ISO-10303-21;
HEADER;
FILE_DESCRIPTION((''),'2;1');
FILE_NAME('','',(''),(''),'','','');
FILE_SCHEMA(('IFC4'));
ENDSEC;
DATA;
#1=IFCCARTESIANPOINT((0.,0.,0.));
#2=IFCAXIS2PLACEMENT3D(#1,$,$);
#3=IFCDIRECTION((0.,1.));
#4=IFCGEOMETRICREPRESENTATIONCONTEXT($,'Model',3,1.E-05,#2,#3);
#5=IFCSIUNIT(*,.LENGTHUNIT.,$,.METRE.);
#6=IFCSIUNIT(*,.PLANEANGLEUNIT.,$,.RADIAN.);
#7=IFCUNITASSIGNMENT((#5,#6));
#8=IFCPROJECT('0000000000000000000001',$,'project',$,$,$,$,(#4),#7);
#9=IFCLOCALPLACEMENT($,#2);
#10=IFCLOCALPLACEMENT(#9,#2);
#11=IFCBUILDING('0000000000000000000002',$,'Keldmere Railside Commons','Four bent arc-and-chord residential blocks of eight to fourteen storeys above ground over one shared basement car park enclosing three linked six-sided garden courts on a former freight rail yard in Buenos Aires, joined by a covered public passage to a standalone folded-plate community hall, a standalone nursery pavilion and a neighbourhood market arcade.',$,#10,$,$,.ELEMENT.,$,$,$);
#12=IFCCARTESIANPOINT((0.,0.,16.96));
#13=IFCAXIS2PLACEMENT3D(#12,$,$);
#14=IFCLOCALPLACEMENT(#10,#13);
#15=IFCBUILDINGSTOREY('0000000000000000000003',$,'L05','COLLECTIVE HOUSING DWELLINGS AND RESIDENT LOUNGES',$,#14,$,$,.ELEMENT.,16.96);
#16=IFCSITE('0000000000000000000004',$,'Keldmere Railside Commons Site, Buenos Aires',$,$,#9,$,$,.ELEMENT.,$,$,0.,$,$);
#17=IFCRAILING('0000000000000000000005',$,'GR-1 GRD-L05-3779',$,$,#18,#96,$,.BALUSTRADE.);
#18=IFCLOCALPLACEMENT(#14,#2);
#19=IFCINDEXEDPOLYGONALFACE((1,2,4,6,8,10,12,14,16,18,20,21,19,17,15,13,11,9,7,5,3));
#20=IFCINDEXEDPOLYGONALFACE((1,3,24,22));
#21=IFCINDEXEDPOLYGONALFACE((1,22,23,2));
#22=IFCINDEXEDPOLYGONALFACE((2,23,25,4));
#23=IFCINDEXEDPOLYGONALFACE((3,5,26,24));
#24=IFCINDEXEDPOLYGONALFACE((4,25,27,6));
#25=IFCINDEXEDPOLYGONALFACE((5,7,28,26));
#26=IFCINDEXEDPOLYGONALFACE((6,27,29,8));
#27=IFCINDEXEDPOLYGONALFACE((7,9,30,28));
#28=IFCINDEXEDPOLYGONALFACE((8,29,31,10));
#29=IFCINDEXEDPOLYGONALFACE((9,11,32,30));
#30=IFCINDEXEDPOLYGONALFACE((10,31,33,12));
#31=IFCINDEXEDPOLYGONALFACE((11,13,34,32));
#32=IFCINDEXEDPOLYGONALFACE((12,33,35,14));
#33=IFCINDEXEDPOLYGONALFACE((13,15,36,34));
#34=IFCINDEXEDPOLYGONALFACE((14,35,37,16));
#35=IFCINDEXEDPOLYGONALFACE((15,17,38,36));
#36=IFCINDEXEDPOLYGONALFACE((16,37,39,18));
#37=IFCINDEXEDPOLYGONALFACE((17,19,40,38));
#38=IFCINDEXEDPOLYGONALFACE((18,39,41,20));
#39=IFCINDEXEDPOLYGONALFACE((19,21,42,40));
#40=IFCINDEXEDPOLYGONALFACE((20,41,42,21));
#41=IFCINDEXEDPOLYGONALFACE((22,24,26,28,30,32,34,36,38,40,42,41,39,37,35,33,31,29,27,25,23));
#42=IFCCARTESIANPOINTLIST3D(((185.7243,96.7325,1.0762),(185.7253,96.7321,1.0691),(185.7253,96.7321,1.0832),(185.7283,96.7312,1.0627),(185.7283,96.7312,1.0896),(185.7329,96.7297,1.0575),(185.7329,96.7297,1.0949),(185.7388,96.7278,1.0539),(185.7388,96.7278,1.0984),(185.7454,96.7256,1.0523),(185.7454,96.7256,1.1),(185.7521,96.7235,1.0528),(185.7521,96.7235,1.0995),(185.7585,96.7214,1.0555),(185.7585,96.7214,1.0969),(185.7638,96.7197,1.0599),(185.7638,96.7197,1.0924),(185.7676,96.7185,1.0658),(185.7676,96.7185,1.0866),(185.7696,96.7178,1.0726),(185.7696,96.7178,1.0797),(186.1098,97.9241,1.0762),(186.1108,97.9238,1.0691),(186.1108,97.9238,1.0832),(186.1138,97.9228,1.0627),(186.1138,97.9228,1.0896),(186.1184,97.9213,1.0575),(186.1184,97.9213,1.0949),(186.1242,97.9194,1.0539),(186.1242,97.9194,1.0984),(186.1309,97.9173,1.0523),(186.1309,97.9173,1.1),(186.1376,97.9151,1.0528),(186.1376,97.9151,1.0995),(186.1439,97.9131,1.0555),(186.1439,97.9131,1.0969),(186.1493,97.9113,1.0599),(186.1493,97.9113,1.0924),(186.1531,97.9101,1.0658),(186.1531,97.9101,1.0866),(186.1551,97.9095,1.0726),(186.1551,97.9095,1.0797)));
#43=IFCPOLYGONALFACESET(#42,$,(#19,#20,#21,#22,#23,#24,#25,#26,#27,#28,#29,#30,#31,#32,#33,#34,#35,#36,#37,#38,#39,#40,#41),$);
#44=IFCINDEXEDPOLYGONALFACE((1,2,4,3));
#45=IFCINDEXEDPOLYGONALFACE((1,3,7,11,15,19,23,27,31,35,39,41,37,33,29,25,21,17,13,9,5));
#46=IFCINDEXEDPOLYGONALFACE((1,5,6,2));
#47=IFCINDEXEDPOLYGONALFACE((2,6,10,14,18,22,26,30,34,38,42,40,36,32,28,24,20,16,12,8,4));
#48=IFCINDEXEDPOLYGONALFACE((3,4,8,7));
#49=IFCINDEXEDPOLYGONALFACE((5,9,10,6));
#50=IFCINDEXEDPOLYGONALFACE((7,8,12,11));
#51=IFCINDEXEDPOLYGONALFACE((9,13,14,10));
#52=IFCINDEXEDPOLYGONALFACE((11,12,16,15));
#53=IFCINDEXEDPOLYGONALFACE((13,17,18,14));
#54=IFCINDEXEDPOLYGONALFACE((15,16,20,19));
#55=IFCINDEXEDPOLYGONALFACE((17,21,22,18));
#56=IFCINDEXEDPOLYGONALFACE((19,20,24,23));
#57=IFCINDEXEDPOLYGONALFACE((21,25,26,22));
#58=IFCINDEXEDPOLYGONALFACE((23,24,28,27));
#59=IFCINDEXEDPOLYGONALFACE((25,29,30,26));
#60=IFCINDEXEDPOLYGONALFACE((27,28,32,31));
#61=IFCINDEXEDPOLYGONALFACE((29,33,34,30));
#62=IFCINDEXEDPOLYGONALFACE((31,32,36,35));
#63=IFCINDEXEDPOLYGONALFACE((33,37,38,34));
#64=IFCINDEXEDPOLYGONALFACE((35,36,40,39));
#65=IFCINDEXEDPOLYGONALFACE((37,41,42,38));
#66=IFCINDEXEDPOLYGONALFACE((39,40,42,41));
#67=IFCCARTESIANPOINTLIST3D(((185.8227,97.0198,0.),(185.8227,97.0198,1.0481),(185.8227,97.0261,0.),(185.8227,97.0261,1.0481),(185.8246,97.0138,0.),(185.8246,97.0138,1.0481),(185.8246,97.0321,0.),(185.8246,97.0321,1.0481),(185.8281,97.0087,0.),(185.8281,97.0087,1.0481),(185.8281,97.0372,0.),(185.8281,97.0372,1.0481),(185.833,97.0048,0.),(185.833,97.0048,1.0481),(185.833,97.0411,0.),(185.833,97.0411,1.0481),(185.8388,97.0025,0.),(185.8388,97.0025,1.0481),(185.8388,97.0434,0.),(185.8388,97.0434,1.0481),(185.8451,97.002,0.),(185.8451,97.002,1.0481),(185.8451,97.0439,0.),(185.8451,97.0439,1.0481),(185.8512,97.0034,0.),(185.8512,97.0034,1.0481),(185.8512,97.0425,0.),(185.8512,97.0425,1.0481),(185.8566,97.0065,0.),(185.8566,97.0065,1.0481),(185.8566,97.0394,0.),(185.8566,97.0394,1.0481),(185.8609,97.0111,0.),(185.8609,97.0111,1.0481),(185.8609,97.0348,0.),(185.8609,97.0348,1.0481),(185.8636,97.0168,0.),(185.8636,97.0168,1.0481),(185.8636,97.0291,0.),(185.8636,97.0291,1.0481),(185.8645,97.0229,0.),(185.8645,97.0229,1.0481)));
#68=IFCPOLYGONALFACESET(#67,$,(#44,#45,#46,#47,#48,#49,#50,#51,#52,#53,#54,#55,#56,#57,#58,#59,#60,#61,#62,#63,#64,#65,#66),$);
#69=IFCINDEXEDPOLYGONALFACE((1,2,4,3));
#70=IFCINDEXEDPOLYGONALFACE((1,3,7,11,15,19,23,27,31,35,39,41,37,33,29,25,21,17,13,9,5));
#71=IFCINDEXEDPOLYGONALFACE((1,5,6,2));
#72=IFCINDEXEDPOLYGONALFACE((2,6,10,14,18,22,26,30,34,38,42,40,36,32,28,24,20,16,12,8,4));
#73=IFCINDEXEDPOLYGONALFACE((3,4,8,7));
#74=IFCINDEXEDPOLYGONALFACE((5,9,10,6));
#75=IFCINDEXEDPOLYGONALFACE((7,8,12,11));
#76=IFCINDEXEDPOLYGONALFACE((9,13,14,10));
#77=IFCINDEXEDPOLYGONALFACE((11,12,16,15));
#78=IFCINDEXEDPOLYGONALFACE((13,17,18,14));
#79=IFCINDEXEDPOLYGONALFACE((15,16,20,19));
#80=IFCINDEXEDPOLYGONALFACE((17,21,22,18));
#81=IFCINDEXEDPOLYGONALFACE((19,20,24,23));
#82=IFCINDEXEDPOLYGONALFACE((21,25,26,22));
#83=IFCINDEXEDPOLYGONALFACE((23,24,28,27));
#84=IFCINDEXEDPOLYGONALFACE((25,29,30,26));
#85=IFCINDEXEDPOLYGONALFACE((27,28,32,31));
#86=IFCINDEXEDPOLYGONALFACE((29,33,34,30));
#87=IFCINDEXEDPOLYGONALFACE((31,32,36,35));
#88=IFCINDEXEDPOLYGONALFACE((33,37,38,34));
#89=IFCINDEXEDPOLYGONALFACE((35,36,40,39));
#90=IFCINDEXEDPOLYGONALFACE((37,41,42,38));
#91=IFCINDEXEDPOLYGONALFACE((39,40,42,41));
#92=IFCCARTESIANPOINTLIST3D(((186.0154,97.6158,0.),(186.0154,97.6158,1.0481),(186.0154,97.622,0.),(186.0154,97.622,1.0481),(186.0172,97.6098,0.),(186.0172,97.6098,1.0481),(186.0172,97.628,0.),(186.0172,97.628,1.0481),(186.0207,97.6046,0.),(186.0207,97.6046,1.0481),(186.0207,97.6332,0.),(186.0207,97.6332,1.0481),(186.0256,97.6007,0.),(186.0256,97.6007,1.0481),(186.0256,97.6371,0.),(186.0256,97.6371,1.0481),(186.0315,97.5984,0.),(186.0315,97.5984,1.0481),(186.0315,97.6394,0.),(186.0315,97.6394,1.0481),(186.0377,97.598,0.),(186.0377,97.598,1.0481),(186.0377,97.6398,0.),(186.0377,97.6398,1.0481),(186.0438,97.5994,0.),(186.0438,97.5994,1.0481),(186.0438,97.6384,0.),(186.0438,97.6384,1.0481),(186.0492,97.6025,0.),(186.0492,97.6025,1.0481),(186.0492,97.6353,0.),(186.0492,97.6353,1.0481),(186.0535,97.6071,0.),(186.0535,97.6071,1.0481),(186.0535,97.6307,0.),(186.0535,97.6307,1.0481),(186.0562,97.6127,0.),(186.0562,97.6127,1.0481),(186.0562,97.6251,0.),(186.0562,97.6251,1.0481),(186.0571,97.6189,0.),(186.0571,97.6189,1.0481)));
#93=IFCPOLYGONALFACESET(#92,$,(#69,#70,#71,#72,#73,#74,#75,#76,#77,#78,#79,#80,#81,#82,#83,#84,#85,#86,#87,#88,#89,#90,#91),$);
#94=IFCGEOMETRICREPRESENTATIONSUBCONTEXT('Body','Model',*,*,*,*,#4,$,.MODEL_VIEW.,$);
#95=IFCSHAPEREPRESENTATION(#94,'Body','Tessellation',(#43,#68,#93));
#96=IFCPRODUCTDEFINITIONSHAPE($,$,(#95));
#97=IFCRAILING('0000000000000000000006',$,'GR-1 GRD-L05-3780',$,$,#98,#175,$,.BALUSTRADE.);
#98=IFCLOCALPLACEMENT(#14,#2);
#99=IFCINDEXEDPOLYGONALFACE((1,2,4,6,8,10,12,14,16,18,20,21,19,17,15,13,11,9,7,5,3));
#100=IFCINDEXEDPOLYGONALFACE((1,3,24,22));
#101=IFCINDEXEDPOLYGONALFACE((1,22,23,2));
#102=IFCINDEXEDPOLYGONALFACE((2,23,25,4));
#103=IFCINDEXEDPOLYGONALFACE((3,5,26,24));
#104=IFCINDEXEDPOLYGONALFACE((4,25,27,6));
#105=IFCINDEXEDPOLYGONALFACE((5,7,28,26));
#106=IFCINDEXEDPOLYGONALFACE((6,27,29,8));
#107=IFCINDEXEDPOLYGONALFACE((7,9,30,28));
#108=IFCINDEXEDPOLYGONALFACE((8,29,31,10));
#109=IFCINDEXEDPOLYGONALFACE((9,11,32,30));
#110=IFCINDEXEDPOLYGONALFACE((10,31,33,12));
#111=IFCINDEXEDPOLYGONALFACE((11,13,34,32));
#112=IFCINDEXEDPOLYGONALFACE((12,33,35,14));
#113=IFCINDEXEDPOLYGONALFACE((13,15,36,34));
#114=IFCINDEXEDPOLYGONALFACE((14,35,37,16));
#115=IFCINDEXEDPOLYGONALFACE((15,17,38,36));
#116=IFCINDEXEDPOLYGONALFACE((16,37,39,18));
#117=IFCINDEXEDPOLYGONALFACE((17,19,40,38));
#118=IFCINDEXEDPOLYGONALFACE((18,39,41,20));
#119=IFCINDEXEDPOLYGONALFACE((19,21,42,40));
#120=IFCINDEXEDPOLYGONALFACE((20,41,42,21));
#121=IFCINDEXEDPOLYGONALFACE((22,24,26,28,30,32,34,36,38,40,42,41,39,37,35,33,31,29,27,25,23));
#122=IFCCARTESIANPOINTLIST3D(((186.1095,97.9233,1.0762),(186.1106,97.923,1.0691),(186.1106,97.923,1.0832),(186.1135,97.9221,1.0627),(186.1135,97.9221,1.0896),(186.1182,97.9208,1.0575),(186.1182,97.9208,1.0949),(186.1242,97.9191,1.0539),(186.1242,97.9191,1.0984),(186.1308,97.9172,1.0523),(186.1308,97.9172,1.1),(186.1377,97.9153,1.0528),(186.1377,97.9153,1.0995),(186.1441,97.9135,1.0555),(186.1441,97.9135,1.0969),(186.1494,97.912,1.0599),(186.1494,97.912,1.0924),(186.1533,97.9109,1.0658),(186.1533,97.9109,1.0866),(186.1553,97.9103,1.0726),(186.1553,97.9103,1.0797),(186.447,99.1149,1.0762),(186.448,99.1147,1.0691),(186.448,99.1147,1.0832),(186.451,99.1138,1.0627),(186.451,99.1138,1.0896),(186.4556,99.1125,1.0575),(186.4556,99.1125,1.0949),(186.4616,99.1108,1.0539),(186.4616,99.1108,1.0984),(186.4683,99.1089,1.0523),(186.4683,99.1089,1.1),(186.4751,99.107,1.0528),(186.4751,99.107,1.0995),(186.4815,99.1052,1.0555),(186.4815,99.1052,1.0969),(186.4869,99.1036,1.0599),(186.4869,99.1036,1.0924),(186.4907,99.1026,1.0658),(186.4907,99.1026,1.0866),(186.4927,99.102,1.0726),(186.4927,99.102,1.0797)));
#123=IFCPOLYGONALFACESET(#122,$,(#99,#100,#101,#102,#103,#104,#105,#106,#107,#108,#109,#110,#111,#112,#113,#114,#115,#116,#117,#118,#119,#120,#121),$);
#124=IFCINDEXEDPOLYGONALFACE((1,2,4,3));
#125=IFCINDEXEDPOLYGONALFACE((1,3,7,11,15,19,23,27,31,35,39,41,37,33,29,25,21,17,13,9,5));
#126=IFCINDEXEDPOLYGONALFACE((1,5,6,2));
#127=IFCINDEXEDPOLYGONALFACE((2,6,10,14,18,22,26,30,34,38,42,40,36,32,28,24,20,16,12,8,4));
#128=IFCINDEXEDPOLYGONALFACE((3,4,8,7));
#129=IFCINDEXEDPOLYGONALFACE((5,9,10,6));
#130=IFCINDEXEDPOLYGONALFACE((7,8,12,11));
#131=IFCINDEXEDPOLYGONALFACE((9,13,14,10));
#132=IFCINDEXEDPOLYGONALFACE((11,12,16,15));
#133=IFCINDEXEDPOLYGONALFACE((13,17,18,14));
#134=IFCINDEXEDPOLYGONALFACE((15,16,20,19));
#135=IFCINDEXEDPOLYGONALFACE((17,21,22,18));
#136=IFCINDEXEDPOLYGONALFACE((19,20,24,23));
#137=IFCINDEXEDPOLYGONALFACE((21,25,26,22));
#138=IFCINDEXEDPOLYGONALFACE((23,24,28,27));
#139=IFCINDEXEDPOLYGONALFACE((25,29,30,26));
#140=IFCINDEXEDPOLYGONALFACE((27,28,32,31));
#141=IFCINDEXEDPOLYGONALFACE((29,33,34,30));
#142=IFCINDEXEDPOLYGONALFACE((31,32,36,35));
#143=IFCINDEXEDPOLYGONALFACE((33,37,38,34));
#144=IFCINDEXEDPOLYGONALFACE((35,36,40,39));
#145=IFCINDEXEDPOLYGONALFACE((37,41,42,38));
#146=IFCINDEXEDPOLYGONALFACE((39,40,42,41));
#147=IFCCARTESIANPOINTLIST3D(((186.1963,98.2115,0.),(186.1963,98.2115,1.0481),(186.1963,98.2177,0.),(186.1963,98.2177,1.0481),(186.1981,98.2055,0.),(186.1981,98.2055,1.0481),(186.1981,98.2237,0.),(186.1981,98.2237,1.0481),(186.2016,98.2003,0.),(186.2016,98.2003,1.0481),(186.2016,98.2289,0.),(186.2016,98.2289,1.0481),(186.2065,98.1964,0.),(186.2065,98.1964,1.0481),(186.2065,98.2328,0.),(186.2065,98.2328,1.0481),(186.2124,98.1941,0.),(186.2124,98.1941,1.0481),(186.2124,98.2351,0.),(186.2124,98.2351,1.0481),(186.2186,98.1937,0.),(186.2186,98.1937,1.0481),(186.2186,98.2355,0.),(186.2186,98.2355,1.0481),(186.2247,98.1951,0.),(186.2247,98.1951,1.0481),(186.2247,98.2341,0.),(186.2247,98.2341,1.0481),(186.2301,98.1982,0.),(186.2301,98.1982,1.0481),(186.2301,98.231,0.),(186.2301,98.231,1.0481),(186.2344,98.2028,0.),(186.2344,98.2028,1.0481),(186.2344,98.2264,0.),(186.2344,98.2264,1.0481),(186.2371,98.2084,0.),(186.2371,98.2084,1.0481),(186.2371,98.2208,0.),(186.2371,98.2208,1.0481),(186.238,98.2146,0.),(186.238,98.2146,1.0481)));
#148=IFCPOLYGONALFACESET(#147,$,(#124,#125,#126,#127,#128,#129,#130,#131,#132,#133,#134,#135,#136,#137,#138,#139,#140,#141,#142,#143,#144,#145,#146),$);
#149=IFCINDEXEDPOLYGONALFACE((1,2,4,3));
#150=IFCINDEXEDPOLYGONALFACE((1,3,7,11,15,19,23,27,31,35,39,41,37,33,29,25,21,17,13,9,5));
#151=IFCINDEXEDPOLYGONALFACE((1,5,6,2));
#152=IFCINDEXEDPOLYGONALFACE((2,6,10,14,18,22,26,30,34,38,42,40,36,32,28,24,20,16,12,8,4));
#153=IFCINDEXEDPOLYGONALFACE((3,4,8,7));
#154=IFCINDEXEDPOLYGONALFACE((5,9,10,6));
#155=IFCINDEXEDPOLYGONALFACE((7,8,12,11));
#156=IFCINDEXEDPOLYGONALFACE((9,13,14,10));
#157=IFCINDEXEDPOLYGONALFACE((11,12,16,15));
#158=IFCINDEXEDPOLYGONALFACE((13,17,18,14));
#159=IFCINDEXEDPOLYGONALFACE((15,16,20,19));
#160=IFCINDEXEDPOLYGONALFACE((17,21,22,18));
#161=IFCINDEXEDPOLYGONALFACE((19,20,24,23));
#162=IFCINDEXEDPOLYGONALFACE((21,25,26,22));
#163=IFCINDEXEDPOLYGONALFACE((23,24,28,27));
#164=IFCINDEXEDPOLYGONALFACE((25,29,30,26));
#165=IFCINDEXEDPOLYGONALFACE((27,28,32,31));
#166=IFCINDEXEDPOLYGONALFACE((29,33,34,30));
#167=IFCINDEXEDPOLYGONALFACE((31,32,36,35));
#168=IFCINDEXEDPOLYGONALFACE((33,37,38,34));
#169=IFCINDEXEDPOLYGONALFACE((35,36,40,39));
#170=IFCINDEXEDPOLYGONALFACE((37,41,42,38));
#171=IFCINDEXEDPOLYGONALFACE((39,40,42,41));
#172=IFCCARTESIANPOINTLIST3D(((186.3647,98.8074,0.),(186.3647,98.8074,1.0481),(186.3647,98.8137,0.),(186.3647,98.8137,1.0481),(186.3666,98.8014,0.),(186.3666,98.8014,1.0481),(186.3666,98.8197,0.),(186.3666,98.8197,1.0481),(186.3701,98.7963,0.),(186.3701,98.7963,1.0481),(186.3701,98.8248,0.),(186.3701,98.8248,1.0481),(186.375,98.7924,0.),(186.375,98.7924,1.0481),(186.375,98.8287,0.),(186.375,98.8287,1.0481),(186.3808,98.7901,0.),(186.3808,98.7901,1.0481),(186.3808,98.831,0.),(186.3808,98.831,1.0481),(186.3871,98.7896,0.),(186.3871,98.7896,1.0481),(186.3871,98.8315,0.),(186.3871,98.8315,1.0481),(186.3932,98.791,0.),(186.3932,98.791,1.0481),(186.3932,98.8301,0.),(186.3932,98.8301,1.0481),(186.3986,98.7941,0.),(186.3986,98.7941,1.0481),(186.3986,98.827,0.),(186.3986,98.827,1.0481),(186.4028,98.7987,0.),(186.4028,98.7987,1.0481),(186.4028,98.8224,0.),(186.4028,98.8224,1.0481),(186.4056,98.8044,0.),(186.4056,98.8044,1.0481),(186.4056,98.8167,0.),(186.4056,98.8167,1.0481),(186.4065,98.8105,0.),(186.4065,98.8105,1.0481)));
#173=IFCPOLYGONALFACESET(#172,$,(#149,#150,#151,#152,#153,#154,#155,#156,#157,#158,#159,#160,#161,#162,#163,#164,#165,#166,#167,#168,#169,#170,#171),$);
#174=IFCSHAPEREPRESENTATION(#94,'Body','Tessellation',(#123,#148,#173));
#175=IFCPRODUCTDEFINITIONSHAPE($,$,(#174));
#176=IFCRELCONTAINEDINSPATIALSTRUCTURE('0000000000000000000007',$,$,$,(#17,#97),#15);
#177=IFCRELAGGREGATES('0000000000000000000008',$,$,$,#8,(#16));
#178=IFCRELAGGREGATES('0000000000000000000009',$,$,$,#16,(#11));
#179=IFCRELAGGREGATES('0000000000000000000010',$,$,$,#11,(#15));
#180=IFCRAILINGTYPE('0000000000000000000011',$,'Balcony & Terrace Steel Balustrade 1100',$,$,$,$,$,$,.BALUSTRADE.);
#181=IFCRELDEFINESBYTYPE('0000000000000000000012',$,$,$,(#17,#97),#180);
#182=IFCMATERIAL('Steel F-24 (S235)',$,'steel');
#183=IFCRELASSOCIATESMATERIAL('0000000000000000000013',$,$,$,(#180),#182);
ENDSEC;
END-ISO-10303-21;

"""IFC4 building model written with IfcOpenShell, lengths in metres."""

from ifc_helpers import new_model, si_unit, direction, frame, origin, origin_2d, place, context, subcontext, project, spatial, circle, extrude, material, type_object, element, save


model = new_model("IFC4")

# Units and contexts
model_context = context("Model", 3, precision=1e-05, world=origin(), true_north=direction((0.0, 1.0)))
body_context = subcontext(model_context, "Body", "Model", "MODEL_VIEW")
ifc_project = project(units=[si_unit("LENGTHUNIT", "METRE"), si_unit("PLANEANGLEUNIT", "RADIAN")], contexts=[model_context])

# Site, building, storey
site_placement = place(None, origin())
site = spatial("IfcSite", under=ifc_project, at=site_placement, Name="Keldmere Railside Commons Site, Buenos Aires", CompositionType="ELEMENT", RefElevation=0.0)
building_placement = place(site_placement, origin())
building = spatial("IfcBuilding", under=site, at=building_placement, Name="Keldmere Railside Commons", Description="Four bent arc-and-chord residential blocks of eight to fourteen storeys above ground over one shared basement car park enclosing three linked six-sided garden courts on a former freight rail yard in Buenos Aires, joined by a covered public passage to a standalone folded-plate community hall, a standalone nursery pavilion and a neighbourhood market arcade.", CompositionType="ELEMENT")
storey_placement = place(building_placement, frame((0.0, 0.0, 16.96)))
storey = spatial("IfcBuildingStorey", under=building, at=storey_placement, Name="L05", Description="COLLECTIVE HOUSING DWELLINGS AND RESIDENT LOUNGES", CompositionType="ELEMENT", Elevation=16.96)

# Railings
ifc_material_1 = material(Name="Steel F-24 (S235)", Category="steel")
railing_type = type_object("IfcRailingType", Name="Balcony & Terrace Steel Balustrade 1100", PredefinedType="BALUSTRADE", material=ifc_material_1)
railing_1_placement = place(storey_placement, frame((185.7471, 96.7251, 0.0)))
element("IfcRailing", 1, at=railing_1_placement, inside=storey, type_object=railing_type, Name="GR-1 GRD-L05-3779", PredefinedType="BALUSTRADE", context=body_context, shape_type="SweptSolid", body=[
    extrude(circle(Radius=0.0239, at=origin_2d()), frame((0.0, 0.0, 1.0762), z_axis=(0.307794, 0.951453, 0.0), x_axis=(-0.951453, 0.307794, 0.0)), (0.0, 0.0, 1.0), 1.2524),
    extrude(circle(Radius=0.021, at=origin_2d()), frame((0.0964, 0.2979, 0.0)), (0.0, 0.0, 1.0), 1.0481),
    extrude(circle(Radius=0.021, at=origin_2d()), frame((0.2891, 0.8938, 0.0)), (0.0, 0.0, 1.0), 1.0481),
])
railing_2_placement = place(storey_placement, frame((186.1326, 97.9167, 0.0)))
element("IfcRailing", 2, at=railing_2_placement, inside=storey, type_object=railing_type, Name="GR-1 GRD-L05-3780", PredefinedType="BALUSTRADE", context=body_context, shape_type="SweptSolid", body=[
    extrude(circle(Radius=0.0239, at=origin_2d()), frame((0.0, 0.0, 1.0762), z_axis=(0.272429, 0.962176, 0.0), x_axis=(-0.962176, 0.272429, 0.0)), (0.0, 0.0, 1.0), 1.2385),
    extrude(circle(Radius=0.021, at=origin_2d()), frame((0.0845, 0.2979, 0.0)), (0.0, 0.0, 1.0), 1.0481),
    extrude(circle(Radius=0.021, at=origin_2d()), frame((0.2529, 0.8938, 0.0)), (0.0, 0.0, 1.0), 1.0481),
])

save(model, "model.ifc")
